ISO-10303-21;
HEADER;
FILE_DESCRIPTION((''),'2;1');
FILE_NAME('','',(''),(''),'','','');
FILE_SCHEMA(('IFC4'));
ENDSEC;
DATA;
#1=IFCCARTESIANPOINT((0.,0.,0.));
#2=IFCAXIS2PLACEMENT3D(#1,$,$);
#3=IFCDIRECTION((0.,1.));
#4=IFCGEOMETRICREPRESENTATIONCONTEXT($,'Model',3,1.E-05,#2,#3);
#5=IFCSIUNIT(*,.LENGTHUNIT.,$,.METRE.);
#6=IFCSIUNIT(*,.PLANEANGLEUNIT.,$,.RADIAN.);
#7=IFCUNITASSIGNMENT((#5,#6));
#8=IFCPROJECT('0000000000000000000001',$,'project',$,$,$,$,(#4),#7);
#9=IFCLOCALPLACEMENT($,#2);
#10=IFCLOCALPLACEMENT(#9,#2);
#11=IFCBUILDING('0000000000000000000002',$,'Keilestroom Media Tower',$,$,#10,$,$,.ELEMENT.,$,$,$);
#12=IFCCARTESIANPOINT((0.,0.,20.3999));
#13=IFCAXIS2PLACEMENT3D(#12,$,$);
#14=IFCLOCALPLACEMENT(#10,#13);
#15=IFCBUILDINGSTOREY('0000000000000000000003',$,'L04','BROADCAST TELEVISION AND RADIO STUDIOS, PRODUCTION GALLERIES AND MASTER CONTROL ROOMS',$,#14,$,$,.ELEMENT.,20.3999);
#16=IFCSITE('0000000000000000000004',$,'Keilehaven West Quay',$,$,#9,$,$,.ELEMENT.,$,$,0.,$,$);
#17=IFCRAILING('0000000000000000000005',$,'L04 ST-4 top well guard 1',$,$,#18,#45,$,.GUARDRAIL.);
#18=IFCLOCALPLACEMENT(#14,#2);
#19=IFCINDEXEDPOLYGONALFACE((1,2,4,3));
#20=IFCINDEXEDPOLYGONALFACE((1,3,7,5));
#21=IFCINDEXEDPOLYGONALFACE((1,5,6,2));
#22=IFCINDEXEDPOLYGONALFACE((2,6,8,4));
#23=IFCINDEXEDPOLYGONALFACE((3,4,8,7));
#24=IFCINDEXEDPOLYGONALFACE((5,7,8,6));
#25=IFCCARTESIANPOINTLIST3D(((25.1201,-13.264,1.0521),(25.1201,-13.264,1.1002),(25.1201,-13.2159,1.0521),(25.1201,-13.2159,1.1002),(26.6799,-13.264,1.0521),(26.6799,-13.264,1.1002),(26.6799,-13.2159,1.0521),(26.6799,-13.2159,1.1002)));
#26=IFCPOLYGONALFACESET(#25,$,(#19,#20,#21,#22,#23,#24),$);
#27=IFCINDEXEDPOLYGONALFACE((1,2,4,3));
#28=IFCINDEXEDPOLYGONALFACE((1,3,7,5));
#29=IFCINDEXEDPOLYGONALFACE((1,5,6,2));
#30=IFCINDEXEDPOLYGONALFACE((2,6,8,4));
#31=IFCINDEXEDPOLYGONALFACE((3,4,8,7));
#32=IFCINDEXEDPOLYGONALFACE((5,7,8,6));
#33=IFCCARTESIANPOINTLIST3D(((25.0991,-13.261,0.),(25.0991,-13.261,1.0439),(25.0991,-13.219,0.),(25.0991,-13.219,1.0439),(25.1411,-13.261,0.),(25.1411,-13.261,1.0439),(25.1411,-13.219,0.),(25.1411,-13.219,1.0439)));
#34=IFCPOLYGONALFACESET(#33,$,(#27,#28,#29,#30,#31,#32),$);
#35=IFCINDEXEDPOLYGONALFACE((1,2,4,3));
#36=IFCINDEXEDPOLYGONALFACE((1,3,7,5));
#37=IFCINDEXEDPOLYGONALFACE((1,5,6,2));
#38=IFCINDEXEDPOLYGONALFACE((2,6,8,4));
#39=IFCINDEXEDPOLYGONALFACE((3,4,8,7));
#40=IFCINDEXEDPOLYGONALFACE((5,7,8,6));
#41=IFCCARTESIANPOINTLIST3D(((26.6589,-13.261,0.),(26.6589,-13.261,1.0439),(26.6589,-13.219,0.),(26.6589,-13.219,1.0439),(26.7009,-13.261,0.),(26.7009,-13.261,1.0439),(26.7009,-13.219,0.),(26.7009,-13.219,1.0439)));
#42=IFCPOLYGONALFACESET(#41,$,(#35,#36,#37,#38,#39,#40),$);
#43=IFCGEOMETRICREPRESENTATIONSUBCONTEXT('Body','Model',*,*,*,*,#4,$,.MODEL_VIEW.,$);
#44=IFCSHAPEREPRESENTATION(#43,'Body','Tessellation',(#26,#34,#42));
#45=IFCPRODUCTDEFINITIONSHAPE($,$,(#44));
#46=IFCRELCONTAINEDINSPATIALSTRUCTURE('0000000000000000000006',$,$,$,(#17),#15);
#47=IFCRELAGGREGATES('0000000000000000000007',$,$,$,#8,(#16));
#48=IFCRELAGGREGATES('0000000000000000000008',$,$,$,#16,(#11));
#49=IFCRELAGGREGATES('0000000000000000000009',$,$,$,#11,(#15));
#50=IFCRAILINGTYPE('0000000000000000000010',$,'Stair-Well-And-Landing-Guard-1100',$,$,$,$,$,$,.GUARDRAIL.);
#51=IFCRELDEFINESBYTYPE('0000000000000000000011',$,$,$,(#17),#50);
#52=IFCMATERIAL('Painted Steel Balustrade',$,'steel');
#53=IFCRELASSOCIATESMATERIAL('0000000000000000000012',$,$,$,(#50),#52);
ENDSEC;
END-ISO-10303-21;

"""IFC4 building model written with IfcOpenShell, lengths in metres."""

from ifc_helpers import new_model, si_unit, direction, frame, origin, origin_2d, place, context, subcontext, project, spatial, rectangle, extrude, material, type_object, element, save


model = new_model("IFC4")

# Units and contexts
model_context = context("Model", 3, precision=1e-05, world=origin(), true_north=direction((0.0, 1.0)))
body_context = subcontext(model_context, "Body", "Model", "MODEL_VIEW")
ifc_project = project(units=[si_unit("LENGTHUNIT", "METRE"), si_unit("PLANEANGLEUNIT", "RADIAN")], contexts=[model_context])

# Site, building, storey
site_placement = place(None, origin())
site = spatial("IfcSite", under=ifc_project, at=site_placement, Name="Keilehaven West Quay", CompositionType="ELEMENT", RefElevation=0.0)
building_placement = place(site_placement, origin())
building = spatial("IfcBuilding", under=site, at=building_placement, Name="Keilestroom Media Tower", CompositionType="ELEMENT")
storey_placement = place(building_placement, frame((0.0, 0.0, 20.3999)))
storey = spatial("IfcBuildingStorey", under=building, at=storey_placement, Name="L04", Description="BROADCAST TELEVISION AND RADIO STUDIOS, PRODUCTION GALLERIES AND MASTER CONTROL ROOMS", CompositionType="ELEMENT", Elevation=20.3999)

# Railing
ifc_material_1 = material(Name="Painted Steel Balustrade", Category="steel")
railing_type = type_object("IfcRailingType", Name="Stair-Well-And-Landing-Guard-1100", PredefinedType="GUARDRAIL", material=ifc_material_1)
railing_placement = place(storey_placement, frame((25.1201, -13.24, 0.0)))
element("IfcRailing", 1, at=railing_placement, inside=storey, type_object=railing_type, Name="L04 ST-4 top well guard 1", PredefinedType="GUARDRAIL", context=body_context, shape_type="SweptSolid", body=[
    extrude(rectangle(XDim=0.0481, YDim=0.0481, at=origin_2d()), frame((0.0, 0.0, 1.0762), z_axis=(1.0, 0.0, 0.0), x_axis=(0.0, 1.0, 0.0)), (0.0, 0.0, 1.0), 1.5598),
    extrude(rectangle(XDim=0.042, YDim=0.042, at=origin_2d()), origin(), (0.0, 0.0, 1.0), 1.0439),
    extrude(rectangle(XDim=0.042, YDim=0.042, at=origin_2d()), frame((1.5598, 0.0, 0.0)), (0.0, 0.0, 1.0), 1.0439),
])

save(model, "model.ifc")
